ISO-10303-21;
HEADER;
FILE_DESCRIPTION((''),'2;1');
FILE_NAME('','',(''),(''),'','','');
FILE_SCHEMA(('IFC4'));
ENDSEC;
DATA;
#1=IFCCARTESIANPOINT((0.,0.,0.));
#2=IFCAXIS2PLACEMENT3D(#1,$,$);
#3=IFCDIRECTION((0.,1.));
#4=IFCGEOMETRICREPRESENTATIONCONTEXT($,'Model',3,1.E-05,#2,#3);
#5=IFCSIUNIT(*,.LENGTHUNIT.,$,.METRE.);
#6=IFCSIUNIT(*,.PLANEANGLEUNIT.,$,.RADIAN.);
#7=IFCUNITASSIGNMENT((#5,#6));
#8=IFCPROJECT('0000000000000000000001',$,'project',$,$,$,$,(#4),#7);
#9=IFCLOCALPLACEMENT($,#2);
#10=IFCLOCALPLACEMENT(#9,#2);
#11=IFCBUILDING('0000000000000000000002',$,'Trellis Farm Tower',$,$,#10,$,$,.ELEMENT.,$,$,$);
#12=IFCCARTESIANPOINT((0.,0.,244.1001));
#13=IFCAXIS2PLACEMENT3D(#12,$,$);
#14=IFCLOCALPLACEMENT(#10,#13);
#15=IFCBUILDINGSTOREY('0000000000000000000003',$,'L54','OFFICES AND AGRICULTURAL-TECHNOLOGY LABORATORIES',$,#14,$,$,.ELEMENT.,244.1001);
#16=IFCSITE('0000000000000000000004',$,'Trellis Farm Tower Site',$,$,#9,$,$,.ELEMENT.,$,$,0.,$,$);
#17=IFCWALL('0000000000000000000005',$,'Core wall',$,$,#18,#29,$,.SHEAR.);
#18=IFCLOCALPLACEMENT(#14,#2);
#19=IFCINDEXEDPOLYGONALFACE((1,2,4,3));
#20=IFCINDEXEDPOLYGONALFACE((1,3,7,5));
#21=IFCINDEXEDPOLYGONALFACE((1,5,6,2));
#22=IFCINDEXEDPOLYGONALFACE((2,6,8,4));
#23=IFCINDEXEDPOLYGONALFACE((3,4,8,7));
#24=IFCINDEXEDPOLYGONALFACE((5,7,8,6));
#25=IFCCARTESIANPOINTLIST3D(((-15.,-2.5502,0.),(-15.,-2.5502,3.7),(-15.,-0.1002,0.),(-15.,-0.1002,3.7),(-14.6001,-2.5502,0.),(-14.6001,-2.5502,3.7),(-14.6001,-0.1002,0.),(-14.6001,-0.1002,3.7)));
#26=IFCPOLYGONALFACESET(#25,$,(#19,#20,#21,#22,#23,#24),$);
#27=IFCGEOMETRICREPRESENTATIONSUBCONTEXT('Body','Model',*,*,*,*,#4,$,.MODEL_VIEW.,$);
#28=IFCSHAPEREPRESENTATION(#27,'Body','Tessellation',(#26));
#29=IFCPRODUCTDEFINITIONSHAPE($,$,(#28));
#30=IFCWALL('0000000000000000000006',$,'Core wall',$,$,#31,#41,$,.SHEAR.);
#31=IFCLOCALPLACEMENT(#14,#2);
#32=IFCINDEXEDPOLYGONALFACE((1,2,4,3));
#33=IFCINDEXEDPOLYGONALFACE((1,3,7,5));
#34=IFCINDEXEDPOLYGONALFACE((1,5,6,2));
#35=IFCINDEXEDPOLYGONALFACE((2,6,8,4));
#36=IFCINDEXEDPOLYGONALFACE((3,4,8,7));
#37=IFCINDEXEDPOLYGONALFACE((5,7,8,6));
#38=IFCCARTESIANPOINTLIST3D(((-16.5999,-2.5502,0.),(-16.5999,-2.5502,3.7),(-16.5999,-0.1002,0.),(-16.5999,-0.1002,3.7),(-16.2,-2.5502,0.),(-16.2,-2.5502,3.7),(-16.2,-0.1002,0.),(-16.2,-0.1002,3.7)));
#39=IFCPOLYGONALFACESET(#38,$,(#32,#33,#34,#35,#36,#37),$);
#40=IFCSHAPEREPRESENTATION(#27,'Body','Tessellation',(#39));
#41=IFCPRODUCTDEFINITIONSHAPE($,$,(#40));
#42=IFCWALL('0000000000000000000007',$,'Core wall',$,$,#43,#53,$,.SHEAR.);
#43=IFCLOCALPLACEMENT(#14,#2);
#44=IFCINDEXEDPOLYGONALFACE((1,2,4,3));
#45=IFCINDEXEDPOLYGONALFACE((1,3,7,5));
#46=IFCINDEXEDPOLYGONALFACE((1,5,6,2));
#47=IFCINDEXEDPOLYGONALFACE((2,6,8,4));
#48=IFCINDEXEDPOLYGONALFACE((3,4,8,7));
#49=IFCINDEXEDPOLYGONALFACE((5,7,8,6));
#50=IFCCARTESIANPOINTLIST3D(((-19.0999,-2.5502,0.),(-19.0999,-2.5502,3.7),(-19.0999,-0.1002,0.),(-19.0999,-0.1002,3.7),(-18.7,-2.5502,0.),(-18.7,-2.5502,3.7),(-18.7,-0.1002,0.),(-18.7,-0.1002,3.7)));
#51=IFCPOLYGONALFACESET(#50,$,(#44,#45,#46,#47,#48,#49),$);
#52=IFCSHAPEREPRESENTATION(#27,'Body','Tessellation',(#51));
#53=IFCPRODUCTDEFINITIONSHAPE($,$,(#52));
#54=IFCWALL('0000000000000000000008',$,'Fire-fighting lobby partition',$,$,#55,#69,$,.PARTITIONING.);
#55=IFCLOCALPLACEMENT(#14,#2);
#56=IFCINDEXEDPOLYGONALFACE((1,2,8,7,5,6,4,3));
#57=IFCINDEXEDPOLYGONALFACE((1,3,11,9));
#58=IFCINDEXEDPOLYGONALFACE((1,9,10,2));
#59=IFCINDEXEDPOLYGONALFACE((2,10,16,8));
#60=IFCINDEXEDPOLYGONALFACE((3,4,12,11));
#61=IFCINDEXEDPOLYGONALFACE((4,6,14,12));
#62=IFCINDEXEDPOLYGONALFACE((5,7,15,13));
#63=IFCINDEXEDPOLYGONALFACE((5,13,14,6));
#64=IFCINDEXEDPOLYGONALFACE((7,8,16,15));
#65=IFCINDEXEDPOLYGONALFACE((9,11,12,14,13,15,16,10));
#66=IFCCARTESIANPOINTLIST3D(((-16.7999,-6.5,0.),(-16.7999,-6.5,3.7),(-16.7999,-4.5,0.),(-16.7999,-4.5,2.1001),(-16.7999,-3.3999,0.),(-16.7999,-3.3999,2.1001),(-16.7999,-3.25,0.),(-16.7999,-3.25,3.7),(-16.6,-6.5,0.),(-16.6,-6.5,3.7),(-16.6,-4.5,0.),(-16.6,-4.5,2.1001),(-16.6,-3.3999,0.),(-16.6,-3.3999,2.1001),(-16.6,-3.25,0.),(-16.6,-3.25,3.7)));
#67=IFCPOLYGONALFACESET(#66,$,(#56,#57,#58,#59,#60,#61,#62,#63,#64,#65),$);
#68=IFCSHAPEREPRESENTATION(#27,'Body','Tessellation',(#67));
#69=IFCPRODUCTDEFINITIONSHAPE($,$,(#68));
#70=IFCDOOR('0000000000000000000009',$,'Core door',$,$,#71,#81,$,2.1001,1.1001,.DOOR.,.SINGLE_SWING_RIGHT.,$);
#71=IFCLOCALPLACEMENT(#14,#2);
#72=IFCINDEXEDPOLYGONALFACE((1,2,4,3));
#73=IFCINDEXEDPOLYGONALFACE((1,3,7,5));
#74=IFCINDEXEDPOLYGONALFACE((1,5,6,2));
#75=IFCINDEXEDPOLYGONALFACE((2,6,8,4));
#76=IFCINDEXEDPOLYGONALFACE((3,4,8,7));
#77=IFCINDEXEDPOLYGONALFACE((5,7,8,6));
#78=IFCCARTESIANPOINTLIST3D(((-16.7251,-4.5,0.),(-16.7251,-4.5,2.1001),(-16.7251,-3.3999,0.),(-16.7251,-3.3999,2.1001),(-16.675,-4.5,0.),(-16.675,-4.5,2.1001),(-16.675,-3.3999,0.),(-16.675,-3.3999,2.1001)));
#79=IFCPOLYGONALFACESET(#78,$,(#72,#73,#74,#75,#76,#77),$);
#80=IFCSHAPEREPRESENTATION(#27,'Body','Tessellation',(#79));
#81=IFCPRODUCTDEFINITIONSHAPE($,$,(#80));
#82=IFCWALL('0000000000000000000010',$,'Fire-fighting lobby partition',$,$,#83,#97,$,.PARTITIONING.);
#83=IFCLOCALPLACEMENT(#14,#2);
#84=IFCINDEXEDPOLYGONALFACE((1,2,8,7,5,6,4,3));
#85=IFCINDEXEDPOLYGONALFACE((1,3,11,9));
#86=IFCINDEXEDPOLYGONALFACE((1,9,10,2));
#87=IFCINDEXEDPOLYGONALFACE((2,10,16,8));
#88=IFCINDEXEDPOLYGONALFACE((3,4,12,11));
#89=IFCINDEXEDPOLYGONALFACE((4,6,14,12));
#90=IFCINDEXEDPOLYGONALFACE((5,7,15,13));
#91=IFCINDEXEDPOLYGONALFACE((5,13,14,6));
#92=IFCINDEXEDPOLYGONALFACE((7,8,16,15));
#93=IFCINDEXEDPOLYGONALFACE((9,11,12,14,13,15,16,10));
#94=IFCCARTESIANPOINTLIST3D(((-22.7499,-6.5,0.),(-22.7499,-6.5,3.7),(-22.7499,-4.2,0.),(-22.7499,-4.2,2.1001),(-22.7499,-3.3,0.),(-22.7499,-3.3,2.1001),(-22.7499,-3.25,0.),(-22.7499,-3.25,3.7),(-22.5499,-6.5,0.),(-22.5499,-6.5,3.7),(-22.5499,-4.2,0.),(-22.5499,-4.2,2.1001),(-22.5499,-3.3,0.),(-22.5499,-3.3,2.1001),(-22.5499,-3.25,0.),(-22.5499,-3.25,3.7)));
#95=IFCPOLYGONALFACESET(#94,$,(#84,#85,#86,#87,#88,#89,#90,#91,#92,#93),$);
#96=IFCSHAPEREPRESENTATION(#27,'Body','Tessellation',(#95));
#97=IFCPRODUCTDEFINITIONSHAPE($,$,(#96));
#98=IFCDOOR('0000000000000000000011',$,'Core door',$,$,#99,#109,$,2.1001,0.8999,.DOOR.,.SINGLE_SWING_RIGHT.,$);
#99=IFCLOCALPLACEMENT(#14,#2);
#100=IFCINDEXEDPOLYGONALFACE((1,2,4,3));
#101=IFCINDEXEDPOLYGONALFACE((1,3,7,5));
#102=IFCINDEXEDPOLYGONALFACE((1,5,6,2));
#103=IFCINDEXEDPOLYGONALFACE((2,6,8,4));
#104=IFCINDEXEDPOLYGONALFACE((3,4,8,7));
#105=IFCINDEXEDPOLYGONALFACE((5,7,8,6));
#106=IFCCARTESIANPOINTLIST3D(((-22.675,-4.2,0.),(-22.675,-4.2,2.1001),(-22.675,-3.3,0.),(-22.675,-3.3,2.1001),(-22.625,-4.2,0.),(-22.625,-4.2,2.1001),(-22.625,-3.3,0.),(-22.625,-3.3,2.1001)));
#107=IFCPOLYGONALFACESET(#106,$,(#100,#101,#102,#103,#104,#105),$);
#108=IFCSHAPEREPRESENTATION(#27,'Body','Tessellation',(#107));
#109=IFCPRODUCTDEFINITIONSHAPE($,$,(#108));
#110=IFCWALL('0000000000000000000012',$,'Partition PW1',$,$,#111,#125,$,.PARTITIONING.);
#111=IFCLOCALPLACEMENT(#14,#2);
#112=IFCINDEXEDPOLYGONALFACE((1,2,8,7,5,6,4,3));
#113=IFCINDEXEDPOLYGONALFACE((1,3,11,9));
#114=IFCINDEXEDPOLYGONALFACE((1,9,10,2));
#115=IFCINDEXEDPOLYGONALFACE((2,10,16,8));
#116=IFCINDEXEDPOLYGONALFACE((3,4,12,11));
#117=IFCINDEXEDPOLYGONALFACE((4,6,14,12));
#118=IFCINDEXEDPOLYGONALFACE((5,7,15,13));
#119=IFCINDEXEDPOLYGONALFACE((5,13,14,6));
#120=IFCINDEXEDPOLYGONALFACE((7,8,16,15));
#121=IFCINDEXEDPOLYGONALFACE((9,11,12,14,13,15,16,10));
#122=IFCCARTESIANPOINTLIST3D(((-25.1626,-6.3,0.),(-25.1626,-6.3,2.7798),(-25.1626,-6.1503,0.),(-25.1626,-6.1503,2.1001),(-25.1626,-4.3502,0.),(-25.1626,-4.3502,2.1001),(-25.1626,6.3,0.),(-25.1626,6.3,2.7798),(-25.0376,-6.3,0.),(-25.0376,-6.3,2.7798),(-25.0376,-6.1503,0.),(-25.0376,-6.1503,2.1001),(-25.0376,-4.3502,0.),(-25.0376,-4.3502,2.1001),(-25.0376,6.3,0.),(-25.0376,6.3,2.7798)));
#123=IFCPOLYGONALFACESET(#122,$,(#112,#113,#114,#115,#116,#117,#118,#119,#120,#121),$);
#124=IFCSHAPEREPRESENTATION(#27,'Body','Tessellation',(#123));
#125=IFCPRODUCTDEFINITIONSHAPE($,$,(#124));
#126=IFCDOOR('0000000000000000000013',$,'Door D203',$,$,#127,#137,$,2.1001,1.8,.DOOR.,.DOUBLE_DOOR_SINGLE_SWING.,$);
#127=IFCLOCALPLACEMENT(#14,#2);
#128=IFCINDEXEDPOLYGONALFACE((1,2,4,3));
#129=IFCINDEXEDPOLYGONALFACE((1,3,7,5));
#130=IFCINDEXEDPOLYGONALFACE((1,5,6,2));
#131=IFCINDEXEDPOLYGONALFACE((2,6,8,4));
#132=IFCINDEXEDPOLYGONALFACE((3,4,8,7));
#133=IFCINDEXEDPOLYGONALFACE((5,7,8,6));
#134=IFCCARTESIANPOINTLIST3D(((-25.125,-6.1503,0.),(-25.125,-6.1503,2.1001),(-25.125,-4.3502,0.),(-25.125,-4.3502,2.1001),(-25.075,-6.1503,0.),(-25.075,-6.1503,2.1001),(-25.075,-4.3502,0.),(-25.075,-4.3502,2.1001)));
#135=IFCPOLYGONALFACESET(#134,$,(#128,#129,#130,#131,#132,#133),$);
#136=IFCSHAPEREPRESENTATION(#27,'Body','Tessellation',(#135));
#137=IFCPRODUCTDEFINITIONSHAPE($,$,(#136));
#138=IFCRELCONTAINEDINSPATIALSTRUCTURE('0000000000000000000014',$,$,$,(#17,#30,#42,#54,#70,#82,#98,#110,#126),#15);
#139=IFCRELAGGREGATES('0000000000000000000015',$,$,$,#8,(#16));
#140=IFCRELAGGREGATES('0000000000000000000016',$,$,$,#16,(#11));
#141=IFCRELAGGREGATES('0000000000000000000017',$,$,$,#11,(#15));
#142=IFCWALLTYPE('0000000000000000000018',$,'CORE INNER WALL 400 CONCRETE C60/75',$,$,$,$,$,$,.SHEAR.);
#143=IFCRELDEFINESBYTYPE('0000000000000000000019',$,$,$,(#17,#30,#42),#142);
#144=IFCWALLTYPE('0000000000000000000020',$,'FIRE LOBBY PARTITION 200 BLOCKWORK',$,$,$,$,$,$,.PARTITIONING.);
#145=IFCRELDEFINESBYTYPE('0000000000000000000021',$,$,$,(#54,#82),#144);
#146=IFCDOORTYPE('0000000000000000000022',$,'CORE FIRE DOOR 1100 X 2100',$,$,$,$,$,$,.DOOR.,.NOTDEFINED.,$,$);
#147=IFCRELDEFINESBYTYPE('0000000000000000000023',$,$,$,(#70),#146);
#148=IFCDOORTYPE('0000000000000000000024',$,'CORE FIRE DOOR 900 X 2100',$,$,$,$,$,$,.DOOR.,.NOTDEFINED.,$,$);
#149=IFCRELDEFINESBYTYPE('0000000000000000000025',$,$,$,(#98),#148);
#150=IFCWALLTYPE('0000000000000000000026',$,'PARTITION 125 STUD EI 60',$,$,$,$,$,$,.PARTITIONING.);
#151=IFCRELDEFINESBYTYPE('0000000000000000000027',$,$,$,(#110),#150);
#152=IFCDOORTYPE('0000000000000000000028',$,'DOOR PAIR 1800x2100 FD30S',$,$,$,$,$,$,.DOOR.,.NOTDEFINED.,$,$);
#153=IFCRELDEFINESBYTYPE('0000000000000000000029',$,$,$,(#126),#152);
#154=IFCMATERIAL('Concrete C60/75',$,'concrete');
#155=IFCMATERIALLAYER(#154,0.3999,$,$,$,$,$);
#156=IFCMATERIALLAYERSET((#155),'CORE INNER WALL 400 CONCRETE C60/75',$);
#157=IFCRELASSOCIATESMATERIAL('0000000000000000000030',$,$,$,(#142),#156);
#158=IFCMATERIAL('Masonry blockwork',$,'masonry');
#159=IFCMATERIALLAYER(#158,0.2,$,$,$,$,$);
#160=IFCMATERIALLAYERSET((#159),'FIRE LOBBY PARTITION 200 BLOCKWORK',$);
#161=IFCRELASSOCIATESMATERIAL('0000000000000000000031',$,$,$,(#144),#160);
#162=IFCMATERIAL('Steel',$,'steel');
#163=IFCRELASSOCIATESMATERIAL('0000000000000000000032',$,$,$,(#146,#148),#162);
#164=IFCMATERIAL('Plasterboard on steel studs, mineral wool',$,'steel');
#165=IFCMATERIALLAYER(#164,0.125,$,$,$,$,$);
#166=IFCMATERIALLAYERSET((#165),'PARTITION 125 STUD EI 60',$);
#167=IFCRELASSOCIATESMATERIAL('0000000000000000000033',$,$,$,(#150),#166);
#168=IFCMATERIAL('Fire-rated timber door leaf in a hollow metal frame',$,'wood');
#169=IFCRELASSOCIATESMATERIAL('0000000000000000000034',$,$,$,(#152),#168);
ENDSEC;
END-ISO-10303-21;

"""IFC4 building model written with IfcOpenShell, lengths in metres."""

from ifc_helpers import new_model, si_unit, direction, frame, frame_2d, origin, place, context, subcontext, project, spatial, rectangle, extrude, source, transform, mapped, material, layer, layer_set, type_object, element, fill, save


model = new_model("IFC4")

# Units and contexts
model_context = context("Model", 3, precision=1e-05, world=origin(), true_north=direction((0.0, 1.0)))
body_context = subcontext(model_context, "Body", "Model", "MODEL_VIEW")
ifc_project = project(units=[si_unit("LENGTHUNIT", "METRE"), si_unit("PLANEANGLEUNIT", "RADIAN")], contexts=[model_context])

# Site, building, storey
site_placement = place(None, origin())
site = spatial("IfcSite", under=ifc_project, at=site_placement, Name="Trellis Farm Tower Site", CompositionType="ELEMENT", RefElevation=0.0)
building_placement = place(site_placement, origin())
building = spatial("IfcBuilding", under=site, at=building_placement, Name="Trellis Farm Tower", CompositionType="ELEMENT")
storey_placement = place(building_placement, frame((0.0, 0.0, 244.1001)))
storey = spatial("IfcBuildingStorey", under=building, at=storey_placement, Name="L54", Description="OFFICES AND AGRICULTURAL-TECHNOLOGY LABORATORIES", CompositionType="ELEMENT", Elevation=244.1001)

# Shared definitions
ifc_material_1 = material(Name="Concrete C60/75", Category="concrete")

# Walls
ifc_layer_1 = layer(ifc_material_1, 0.3999)
ifc_layer_set_1 = layer_set([ifc_layer_1], Name="CORE INNER WALL 400 CONCRETE C60/75")
wall_type_1 = type_object("IfcWallType", Name="CORE INNER WALL 400 CONCRETE C60/75", PredefinedType="SHEAR", material=ifc_layer_set_1)
shared_shape_1 = source(origin(), body_context, "Body", "SweptSolid", [
    extrude(rectangle(XDim=2.45, YDim=0.3999, at=frame_2d((1.2251, 0.0))), origin(), (0.0, 0.0, 1.0), 3.7),
])
for number, where, z_axis, x_axis, name in (
    (1, (-14.8, -0.1001, 0.0), (0.0, 0.0, 1.0), (0.0, -1.0, 0.0), "Core wall"),
    (2, (-16.3999, -0.1001, 0.0), (0.0, 0.0, 1.0), (0.0, -1.0, 0.0), "Core wall"),
    (3, (-18.8999, -0.1001, 0.0), (0.0, 0.0, 1.0), (0.0, -1.0, 0.0), "Core wall"),
):
    element("IfcWall", number, at=place(storey_placement, frame(where, z_axis=z_axis, x_axis=x_axis)), inside=storey, type_object=wall_type_1, Name=name, PredefinedType="SHEAR", context=body_context, shape_type="MappedRepresentation", body=[
        mapped(shared_shape_1, transform((0.0, 0.0, 0.0))),
    ])

# Walls, openings, doors
ifc_material_2 = material(Name="Masonry blockwork", Category="masonry")
ifc_layer_2 = layer(ifc_material_2, 0.2)
ifc_layer_set_2 = layer_set([ifc_layer_2], Name="FIRE LOBBY PARTITION 200 BLOCKWORK")
wall_type_2 = type_object("IfcWallType", Name="FIRE LOBBY PARTITION 200 BLOCKWORK", PredefinedType="PARTITIONING", material=ifc_layer_set_2)
shared_shape_2 = source(origin(), body_context, "Body", "SweptSolid", [
    extrude(rectangle(XDim=3.25, YDim=0.2, at=frame_2d((1.625, 0.0))), origin(), (0.0, 0.0, 1.0), 3.7),
])
wall_1_placement = place(storey_placement, frame((-16.7, -3.25, 0.0), z_axis=(0.0, 0.0, 1.0), x_axis=(0.0, -1.0, 0.0)))
wall_1 = element("IfcWall", 4, at=wall_1_placement, inside=storey, type_object=wall_type_2, Name="Fire-fighting lobby partition", PredefinedType="PARTITIONING", context=body_context, shape_type="MappedRepresentation", body=[
    mapped(shared_shape_2, transform((0.0, 0.0, 0.0))),
])
shared_shape_3 = source(origin(), body_context, "Body", "SweptSolid", [
    extrude(rectangle(XDim=1.1001, YDim=2.1001, at=frame_2d((0.55, 1.05))), frame((0.0, 0.1101, 0.0), z_axis=(0.0, -1.0, 0.0), x_axis=(1.0, 0.0, 0.0)), (0.0, 0.0, 1.0), 0.2202),
])
opening_1_placement = place(wall_1_placement, frame((0.1499, 0.0, 0.0)))
opening_1 = element("IfcOpeningElement", 5, at=opening_1_placement, cuts=wall_1, PredefinedType="OPENING", context=body_context, shape_type="MappedRepresentation", body=[
    mapped(shared_shape_3, transform((0.0, 0.0, 0.0))),
])
ifc_material_3 = material(Name="Steel", Category="steel")
door_type_1 = type_object("IfcDoorType", Name="CORE FIRE DOOR 1100 X 2100", OperationType="NOTDEFINED", PredefinedType="DOOR", material=ifc_material_3)
shared_shape_4 = source(origin(), body_context, "Body", "SweptSolid", [
    extrude(rectangle(XDim=1.1001, YDim=2.1001, at=frame_2d((0.55, 1.05))), frame((0.0, 0.0249, 0.0), z_axis=(0.0, -1.0, 0.0), x_axis=(1.0, 0.0, 0.0)), (0.0, 0.0, 1.0), 0.05),
])
door_1_placement = place(opening_1_placement, origin())
door_1 = element("IfcDoor", 6, at=door_1_placement, inside=storey, type_object=door_type_1, Name="Core door", OperationType="SINGLE_SWING_RIGHT", OverallHeight=2.1001, OverallWidth=1.1001, PredefinedType="DOOR", context=body_context, shape_type="MappedRepresentation", body=[
    mapped(shared_shape_4, transform((0.0, 0.0, 0.0))),
])
fill(opening_1, door_1)
wall_2_placement = place(storey_placement, frame((-22.6499, -3.25, 0.0), z_axis=(0.0, 0.0, 1.0), x_axis=(0.0, -1.0, 0.0)))
wall_2 = element("IfcWall", 7, at=wall_2_placement, inside=storey, type_object=wall_type_2, Name="Fire-fighting lobby partition", PredefinedType="PARTITIONING", context=body_context, shape_type="MappedRepresentation", body=[
    mapped(shared_shape_2, transform((0.0, 0.0, 0.0))),
])
shared_shape_5 = source(origin(), body_context, "Body", "SweptSolid", [
    extrude(rectangle(XDim=0.8999, YDim=2.1001, at=frame_2d((0.45, 1.05))), frame((0.0, 0.1101, 0.0), z_axis=(0.0, -1.0, 0.0), x_axis=(1.0, 0.0, 0.0)), (0.0, 0.0, 1.0), 0.2202),
])
opening_2_placement = place(wall_2_placement, frame((0.05, 0.0, 0.0)))
opening_2 = element("IfcOpeningElement", 8, at=opening_2_placement, cuts=wall_2, PredefinedType="OPENING", context=body_context, shape_type="MappedRepresentation", body=[
    mapped(shared_shape_5, transform((0.0, 0.0, 0.0))),
])
door_type_2 = type_object("IfcDoorType", Name="CORE FIRE DOOR 900 X 2100", OperationType="NOTDEFINED", PredefinedType="DOOR", material=ifc_material_3)
shared_shape_6 = source(origin(), body_context, "Body", "SweptSolid", [
    extrude(rectangle(XDim=0.8999, YDim=2.1001, at=frame_2d((0.45, 1.05))), frame((0.0, 0.0249, 0.0), z_axis=(0.0, -1.0, 0.0), x_axis=(1.0, 0.0, 0.0)), (0.0, 0.0, 1.0), 0.05),
])
door_2_placement = place(opening_2_placement, origin())
door_2 = element("IfcDoor", 9, at=door_2_placement, inside=storey, type_object=door_type_2, Name="Core door", OperationType="SINGLE_SWING_RIGHT", OverallHeight=2.1001, OverallWidth=0.8999, PredefinedType="DOOR", context=body_context, shape_type="MappedRepresentation", body=[
    mapped(shared_shape_6, transform((0.0, 0.0, 0.0))),
])
fill(opening_2, door_2)
ifc_material_4 = material(Name="Plasterboard on steel studs, mineral wool", Category="steel")
ifc_layer_3 = layer(ifc_material_4, 0.125)
ifc_layer_set_3 = layer_set([ifc_layer_3], Name="PARTITION 125 STUD EI 60")
wall_type_3 = type_object("IfcWallType", Name="PARTITION 125 STUD EI 60", PredefinedType="PARTITIONING", material=ifc_layer_set_3)
shared_shape_7 = source(origin(), body_context, "Body", "SweptSolid", [
    extrude(rectangle(XDim=12.6001, YDim=0.125, at=frame_2d((6.3, 0.0))), origin(), (0.0, 0.0, 1.0), 2.7798),
])
wall_3_placement = place(storey_placement, frame((-25.1001, -6.3, 0.0), z_axis=(0.0, 0.0, 1.0), x_axis=(0.0, 1.0, 0.0)))
wall_3 = element("IfcWall", 10, at=wall_3_placement, inside=storey, type_object=wall_type_3, Name="Partition PW1", PredefinedType="PARTITIONING", context=body_context, shape_type="MappedRepresentation", body=[
    mapped(shared_shape_7, transform((0.0, 0.0, 0.0))),
])
shared_shape_8 = source(origin(), body_context, "Body", "SweptSolid", [
    extrude(rectangle(XDim=1.8, YDim=2.1001, at=frame_2d((0.8999, 1.05))), frame((0.0, 0.0725, 0.0), z_axis=(0.0, -1.0, 0.0), x_axis=(1.0, 0.0, 0.0)), (0.0, 0.0, 1.0), 0.145),
])
opening_3_placement = place(wall_3_placement, frame((0.1499, 0.0, 0.0)))
opening_3 = element("IfcOpeningElement", 11, at=opening_3_placement, cuts=wall_3, PredefinedType="OPENING", context=body_context, shape_type="MappedRepresentation", body=[
    mapped(shared_shape_8, transform((0.0, 0.0, 0.0))),
])
ifc_material_5 = material(Name="Fire-rated timber door leaf in a hollow metal frame", Category="wood")
door_type_3 = type_object("IfcDoorType", Name="DOOR PAIR 1800x2100 FD30S", OperationType="NOTDEFINED", PredefinedType="DOOR", material=ifc_material_5)
shared_shape_9 = source(origin(), body_context, "Body", "SweptSolid", [
    extrude(rectangle(XDim=1.8, YDim=2.1001, at=frame_2d((0.8999, 1.05))), frame((0.0, 0.0249, 0.0), z_axis=(0.0, -1.0, 0.0), x_axis=(1.0, 0.0, 0.0)), (0.0, 0.0, 1.0), 0.05),
])
door_3_placement = place(opening_3_placement, origin())
door_3 = element("IfcDoor", 12, at=door_3_placement, inside=storey, type_object=door_type_3, Name="Door D203", OperationType="DOUBLE_DOOR_SINGLE_SWING", OverallHeight=2.1001, OverallWidth=1.8, PredefinedType="DOOR", context=body_context, shape_type="MappedRepresentation", body=[
    mapped(shared_shape_9, transform((0.0, 0.0, 0.0))),
])
fill(opening_3, door_3)

save(model, "model.ifc")
